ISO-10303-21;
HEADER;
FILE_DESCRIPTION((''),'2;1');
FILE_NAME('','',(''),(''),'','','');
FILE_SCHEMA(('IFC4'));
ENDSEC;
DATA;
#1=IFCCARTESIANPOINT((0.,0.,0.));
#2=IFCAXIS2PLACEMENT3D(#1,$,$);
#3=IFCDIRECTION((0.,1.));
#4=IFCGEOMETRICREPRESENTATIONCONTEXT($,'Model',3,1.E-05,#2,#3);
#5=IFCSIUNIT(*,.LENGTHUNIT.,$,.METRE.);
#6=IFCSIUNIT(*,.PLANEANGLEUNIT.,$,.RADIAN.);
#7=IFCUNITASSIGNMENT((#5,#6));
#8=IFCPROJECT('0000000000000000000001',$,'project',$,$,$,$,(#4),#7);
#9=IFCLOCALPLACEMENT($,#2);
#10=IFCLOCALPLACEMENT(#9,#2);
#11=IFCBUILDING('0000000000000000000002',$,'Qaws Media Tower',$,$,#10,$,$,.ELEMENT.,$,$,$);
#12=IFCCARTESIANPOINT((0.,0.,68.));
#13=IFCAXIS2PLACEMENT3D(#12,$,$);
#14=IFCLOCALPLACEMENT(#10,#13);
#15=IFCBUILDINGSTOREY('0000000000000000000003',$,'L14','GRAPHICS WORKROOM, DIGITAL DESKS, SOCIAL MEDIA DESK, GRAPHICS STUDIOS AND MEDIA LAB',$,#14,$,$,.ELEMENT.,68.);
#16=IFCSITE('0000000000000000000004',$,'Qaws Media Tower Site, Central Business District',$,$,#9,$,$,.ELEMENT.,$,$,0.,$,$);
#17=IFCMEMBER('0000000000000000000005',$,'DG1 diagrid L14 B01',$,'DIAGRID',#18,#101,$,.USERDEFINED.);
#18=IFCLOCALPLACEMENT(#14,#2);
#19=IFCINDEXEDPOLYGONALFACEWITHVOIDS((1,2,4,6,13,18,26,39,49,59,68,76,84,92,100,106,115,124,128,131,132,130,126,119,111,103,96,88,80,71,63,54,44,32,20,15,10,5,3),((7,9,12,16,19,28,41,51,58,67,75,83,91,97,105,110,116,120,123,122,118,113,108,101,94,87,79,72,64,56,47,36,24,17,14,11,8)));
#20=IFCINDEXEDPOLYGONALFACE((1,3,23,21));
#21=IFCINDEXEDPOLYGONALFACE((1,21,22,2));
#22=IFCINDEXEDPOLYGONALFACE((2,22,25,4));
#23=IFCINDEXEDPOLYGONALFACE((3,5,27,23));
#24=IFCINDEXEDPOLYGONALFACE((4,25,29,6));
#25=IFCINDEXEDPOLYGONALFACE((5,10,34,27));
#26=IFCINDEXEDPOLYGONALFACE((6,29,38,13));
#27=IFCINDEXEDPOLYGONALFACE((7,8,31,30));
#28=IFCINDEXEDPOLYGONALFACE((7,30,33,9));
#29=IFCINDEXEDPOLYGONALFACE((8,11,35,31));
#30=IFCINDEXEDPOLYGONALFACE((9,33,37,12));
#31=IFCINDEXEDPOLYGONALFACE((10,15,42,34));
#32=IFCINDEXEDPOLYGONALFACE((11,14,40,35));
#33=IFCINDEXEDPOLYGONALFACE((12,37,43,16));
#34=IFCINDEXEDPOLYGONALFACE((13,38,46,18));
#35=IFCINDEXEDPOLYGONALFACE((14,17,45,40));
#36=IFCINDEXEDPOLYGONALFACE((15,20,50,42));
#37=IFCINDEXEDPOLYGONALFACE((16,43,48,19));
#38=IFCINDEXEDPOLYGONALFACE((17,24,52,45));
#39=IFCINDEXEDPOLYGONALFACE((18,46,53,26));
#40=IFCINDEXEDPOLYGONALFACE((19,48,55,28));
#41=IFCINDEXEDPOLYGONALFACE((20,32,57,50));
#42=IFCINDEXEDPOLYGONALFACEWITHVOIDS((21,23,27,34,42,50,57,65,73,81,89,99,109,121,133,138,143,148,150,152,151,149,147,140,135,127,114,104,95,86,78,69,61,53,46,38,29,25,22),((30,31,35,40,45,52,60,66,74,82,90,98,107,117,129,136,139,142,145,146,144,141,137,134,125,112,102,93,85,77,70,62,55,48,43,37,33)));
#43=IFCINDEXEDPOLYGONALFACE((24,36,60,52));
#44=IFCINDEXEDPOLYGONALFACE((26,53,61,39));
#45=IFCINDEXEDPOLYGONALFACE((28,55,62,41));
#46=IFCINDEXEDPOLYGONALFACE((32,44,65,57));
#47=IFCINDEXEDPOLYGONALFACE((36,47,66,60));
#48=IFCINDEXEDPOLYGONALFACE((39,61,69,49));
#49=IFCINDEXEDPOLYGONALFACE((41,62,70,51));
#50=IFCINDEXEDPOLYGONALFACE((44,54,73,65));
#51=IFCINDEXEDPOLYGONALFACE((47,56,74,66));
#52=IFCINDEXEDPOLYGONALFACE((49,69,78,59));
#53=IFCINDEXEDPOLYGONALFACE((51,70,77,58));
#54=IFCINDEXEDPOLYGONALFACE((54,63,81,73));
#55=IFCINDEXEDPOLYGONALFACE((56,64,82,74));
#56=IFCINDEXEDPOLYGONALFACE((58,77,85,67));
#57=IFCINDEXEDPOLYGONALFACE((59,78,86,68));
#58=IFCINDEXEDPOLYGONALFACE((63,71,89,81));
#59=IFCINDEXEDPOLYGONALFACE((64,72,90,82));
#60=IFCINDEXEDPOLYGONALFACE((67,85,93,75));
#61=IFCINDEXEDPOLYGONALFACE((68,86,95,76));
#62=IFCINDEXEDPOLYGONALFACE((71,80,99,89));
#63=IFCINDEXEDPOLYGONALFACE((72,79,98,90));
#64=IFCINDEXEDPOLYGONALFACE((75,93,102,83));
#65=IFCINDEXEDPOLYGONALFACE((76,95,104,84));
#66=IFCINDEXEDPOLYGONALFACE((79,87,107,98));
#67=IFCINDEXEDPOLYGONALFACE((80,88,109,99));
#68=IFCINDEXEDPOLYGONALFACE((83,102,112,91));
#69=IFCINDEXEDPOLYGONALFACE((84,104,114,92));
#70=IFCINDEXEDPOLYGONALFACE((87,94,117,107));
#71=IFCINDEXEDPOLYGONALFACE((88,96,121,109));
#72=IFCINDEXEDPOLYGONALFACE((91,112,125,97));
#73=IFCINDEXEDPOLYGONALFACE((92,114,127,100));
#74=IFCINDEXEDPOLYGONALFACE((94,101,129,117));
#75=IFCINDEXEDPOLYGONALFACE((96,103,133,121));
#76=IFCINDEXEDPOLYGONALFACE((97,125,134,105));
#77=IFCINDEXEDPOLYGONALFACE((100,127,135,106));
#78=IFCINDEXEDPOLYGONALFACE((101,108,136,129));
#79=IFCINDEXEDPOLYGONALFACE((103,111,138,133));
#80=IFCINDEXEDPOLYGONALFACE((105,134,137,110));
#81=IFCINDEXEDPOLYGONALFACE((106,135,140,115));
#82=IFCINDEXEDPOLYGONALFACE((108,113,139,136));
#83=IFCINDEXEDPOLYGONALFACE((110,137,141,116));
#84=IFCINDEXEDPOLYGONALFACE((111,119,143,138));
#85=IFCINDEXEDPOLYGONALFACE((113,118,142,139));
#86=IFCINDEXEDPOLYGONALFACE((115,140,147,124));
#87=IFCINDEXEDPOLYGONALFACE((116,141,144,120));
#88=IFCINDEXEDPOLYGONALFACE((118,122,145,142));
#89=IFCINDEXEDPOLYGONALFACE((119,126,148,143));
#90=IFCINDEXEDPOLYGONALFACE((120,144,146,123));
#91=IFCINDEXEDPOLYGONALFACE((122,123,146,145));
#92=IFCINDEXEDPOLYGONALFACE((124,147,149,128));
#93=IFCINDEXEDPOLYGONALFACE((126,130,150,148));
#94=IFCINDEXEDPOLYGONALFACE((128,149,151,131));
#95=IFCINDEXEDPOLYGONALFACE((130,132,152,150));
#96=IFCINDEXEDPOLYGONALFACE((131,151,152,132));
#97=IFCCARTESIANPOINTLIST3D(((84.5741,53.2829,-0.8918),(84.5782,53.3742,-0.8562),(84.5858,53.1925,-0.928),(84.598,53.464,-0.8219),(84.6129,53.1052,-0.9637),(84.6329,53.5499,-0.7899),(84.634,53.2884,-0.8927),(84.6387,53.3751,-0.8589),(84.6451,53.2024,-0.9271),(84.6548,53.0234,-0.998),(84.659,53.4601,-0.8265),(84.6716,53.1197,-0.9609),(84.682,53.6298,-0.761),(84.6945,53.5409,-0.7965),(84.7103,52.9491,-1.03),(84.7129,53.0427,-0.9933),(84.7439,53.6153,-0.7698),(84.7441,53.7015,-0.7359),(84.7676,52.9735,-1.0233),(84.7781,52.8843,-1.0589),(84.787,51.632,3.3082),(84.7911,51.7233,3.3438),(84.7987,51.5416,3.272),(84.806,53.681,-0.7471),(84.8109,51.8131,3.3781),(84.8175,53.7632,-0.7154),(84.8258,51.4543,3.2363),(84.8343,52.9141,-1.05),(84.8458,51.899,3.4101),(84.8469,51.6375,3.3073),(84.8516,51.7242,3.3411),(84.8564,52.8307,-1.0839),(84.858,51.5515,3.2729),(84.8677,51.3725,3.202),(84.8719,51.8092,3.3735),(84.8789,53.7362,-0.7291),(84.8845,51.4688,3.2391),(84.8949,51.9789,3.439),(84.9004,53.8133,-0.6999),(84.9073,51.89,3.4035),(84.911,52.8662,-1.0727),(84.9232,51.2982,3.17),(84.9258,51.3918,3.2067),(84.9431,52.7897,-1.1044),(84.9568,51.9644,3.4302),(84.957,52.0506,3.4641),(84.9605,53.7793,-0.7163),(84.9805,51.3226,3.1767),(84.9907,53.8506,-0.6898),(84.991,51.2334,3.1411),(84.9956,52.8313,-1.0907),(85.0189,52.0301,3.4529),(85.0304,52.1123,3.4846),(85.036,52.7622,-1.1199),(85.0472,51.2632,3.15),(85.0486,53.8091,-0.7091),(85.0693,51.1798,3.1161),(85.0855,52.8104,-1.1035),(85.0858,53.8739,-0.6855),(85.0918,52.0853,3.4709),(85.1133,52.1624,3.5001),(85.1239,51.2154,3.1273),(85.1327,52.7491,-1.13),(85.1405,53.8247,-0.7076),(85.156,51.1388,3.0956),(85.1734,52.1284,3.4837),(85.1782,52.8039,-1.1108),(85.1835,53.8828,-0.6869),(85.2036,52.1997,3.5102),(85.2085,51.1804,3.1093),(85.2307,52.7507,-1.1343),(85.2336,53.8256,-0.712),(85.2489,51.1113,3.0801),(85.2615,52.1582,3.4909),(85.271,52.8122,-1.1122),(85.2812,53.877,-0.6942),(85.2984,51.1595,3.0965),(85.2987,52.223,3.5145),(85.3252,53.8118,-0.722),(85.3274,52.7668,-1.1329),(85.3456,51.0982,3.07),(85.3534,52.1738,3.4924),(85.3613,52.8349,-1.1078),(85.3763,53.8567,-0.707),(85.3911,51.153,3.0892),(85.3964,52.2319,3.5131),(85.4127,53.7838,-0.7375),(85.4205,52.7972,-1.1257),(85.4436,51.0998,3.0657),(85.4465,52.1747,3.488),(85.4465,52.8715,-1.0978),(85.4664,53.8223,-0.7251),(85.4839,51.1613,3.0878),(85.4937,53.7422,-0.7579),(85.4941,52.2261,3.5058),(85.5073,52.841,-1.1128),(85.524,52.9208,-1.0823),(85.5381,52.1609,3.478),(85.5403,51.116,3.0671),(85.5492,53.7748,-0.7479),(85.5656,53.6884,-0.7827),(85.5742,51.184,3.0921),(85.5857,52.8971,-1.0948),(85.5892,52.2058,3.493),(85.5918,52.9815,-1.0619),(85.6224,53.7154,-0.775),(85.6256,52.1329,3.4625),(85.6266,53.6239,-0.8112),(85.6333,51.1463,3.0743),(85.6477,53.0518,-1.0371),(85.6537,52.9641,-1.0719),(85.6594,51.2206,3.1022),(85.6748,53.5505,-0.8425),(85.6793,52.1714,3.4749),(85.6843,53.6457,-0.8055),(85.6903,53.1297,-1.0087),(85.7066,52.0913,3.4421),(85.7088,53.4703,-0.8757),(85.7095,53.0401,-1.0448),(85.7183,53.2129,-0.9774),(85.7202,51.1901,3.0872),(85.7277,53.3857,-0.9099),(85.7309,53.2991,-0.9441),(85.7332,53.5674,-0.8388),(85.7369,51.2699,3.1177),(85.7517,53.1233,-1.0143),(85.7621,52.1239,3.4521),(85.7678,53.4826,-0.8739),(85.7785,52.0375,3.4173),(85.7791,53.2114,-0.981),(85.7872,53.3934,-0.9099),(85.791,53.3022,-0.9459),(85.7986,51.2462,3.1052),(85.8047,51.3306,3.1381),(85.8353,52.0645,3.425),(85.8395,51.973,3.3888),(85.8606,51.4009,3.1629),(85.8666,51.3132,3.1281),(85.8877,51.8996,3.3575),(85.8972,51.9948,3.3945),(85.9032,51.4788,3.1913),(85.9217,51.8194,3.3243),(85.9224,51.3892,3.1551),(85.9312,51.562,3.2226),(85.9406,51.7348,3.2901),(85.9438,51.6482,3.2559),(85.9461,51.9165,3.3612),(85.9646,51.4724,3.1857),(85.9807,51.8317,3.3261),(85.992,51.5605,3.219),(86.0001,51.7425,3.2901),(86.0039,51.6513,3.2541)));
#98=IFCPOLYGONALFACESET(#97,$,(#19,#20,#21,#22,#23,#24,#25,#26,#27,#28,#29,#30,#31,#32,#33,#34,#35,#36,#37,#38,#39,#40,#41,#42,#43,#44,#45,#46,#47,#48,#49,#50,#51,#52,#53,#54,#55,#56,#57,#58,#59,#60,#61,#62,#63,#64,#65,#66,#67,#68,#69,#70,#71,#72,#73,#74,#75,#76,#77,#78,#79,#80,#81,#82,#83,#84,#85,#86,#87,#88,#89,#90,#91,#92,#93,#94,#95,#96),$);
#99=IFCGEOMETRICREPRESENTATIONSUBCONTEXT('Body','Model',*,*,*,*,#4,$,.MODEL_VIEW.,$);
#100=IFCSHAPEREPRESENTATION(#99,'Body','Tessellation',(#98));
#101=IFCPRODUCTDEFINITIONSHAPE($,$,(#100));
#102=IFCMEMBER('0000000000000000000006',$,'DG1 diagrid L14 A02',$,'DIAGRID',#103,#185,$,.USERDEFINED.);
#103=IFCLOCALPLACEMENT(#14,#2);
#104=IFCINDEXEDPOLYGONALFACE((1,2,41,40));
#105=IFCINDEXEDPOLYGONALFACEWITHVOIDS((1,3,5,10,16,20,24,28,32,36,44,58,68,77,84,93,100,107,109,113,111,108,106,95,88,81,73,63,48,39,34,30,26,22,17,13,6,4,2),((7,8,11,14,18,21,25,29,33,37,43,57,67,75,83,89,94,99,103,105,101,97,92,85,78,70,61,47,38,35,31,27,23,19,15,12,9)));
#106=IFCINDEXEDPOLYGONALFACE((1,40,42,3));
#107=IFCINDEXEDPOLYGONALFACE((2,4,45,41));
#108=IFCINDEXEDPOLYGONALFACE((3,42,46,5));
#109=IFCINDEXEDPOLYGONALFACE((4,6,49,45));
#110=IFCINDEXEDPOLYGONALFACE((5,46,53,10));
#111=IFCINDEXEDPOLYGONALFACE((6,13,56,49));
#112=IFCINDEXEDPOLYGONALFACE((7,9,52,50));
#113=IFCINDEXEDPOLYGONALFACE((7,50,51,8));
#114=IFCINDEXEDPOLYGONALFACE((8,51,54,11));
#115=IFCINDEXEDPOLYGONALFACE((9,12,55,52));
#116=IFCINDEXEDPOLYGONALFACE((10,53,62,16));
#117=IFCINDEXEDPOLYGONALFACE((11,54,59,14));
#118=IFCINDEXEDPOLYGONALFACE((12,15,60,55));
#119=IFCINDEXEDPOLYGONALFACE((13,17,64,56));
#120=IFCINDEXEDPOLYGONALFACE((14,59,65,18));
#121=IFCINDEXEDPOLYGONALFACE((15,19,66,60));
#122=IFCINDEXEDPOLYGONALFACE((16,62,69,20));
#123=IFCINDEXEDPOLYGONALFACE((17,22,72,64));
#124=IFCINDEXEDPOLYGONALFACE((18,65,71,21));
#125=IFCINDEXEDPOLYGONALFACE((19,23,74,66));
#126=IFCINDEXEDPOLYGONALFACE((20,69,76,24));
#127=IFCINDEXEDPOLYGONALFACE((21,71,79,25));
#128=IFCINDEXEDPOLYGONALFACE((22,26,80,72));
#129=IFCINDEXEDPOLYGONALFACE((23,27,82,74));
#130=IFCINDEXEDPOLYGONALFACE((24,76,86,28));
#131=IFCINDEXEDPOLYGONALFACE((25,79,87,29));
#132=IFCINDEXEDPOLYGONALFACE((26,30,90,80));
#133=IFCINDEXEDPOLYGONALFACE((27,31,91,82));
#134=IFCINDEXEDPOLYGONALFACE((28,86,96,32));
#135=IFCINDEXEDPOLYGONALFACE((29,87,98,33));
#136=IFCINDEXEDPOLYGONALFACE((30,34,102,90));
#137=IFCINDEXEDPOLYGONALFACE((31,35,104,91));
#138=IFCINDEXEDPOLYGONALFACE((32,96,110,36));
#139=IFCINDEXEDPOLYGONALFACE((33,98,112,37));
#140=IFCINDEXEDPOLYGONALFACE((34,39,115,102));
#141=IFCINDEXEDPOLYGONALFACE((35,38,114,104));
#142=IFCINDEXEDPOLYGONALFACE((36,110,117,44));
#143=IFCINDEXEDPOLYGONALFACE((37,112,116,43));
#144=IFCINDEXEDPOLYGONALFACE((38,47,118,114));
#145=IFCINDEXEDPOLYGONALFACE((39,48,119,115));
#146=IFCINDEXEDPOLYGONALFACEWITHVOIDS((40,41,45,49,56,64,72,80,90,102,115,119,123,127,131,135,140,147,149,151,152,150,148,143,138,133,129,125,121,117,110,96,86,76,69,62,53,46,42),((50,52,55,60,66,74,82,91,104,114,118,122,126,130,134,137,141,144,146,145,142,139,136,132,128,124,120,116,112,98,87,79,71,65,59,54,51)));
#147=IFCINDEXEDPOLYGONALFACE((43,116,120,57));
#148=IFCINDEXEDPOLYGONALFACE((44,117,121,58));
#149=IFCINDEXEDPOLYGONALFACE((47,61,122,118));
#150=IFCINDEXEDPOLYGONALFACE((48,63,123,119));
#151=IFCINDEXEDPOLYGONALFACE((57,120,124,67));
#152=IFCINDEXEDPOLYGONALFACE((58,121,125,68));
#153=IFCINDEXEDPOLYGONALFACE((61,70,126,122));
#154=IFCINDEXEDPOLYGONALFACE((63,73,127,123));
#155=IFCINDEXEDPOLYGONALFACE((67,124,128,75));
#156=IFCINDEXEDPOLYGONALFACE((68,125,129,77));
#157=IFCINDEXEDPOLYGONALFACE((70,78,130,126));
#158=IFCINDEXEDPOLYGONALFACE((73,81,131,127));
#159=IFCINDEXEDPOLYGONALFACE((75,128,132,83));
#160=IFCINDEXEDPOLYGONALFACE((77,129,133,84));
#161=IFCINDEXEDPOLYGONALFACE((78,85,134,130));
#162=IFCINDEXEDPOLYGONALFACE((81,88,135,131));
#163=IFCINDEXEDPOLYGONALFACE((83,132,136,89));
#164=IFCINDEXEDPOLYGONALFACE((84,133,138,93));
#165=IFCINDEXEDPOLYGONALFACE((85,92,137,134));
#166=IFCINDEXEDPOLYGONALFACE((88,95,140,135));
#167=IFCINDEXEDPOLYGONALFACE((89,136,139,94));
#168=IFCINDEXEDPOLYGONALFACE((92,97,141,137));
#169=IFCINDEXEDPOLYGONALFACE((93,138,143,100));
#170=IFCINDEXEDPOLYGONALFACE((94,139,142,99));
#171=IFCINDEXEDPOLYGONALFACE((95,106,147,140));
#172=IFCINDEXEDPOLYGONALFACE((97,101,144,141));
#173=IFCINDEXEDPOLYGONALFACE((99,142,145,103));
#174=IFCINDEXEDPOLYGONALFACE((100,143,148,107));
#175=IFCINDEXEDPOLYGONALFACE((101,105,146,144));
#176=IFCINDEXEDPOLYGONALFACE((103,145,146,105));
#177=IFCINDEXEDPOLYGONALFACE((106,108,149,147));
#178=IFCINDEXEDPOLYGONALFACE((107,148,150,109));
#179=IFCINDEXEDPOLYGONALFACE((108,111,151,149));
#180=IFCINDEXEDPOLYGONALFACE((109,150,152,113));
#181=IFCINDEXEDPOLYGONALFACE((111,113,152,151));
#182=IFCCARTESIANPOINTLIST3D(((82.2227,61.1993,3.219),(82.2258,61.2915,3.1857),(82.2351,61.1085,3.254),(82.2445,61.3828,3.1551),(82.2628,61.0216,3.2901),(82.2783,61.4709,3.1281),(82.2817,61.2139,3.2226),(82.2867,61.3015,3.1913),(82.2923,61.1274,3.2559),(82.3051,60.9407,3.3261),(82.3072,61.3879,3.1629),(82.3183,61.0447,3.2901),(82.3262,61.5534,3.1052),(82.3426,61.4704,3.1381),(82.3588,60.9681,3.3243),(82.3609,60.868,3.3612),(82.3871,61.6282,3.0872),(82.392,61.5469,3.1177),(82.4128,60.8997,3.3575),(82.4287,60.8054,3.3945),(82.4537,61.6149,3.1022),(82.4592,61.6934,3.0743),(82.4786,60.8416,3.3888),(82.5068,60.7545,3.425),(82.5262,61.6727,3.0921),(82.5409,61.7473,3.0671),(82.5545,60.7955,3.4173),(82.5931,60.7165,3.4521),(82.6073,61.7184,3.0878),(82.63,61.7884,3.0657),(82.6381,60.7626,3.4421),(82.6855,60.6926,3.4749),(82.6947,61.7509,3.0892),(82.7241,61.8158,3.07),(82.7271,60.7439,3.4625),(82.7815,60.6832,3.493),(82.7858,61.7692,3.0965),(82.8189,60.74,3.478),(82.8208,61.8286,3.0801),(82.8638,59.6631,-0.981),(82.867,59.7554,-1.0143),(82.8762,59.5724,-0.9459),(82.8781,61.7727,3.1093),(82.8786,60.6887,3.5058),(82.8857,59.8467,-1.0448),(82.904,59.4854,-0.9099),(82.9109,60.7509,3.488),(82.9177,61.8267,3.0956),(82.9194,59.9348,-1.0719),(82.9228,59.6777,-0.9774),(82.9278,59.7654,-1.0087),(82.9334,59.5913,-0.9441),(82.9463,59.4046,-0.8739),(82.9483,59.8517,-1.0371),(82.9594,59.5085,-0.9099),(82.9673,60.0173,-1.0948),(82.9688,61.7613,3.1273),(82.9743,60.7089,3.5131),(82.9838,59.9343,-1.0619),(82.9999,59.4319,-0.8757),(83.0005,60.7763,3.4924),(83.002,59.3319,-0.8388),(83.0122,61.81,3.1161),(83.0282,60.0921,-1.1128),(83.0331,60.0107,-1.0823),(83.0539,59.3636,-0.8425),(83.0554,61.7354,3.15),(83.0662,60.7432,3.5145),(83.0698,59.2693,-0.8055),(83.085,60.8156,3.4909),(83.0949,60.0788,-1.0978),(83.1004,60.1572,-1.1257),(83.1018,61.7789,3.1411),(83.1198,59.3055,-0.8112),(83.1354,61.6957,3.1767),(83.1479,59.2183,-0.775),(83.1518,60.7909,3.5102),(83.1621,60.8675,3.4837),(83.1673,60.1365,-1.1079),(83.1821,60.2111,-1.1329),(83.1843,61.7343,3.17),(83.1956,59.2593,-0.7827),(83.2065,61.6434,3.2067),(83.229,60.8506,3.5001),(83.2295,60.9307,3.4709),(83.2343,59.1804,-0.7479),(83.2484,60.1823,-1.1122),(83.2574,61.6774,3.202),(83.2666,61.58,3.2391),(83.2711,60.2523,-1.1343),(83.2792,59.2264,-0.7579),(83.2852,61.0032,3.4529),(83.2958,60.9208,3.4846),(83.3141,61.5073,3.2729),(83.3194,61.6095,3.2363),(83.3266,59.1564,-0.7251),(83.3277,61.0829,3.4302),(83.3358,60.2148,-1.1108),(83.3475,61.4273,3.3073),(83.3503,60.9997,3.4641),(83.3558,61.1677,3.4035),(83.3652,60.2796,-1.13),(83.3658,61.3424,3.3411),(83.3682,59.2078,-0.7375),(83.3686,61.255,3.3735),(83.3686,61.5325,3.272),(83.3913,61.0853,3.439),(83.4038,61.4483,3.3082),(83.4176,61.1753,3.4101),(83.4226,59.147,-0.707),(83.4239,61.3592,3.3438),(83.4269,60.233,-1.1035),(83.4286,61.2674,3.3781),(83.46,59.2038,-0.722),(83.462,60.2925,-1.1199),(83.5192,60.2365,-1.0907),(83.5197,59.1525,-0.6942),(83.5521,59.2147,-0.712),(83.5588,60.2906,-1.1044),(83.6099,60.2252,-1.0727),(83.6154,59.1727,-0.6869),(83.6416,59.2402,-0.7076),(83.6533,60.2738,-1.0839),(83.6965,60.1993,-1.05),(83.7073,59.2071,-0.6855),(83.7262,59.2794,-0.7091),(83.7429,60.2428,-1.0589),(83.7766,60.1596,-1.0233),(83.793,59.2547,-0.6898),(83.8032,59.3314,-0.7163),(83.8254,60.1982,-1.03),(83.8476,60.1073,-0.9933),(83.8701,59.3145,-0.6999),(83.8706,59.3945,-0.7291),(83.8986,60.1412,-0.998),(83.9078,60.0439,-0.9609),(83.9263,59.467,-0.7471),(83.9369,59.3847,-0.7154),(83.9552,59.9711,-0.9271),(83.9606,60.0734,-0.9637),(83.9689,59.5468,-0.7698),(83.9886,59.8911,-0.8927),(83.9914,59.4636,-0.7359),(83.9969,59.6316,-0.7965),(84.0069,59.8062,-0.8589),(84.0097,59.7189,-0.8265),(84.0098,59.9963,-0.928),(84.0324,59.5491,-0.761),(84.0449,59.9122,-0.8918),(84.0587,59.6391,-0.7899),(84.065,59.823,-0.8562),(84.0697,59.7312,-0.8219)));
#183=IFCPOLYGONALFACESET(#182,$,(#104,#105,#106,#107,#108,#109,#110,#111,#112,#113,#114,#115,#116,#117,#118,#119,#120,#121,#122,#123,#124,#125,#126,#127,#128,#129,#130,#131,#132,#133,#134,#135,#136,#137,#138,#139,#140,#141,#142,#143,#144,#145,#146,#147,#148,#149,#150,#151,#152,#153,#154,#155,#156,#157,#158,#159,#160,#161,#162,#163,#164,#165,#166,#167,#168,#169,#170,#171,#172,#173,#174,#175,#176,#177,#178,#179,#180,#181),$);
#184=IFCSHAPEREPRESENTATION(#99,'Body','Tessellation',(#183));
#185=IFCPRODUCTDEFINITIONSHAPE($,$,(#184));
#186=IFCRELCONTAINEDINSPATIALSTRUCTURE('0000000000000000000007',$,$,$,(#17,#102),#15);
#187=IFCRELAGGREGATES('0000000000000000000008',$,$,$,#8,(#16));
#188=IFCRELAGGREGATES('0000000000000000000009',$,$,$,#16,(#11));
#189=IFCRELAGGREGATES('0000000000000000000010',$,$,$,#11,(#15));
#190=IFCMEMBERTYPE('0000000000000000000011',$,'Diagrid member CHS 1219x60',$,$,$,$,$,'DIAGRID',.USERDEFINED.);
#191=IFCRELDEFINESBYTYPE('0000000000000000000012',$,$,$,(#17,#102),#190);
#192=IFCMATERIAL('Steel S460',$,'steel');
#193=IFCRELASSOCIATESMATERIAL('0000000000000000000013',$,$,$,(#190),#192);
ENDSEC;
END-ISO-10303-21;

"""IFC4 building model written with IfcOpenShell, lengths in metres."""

from ifc_helpers import new_model, si_unit, direction, frame, origin, origin_2d, place, context, subcontext, project, spatial, hollow_circle, extrude, material, material_profile, profile_set, type_object, element, save


model = new_model("IFC4")

# Units and contexts
model_context = context("Model", 3, precision=1e-05, world=origin(), true_north=direction((0.0, 1.0)))
body_context = subcontext(model_context, "Body", "Model", "MODEL_VIEW")
ifc_project = project(units=[si_unit("LENGTHUNIT", "METRE"), si_unit("PLANEANGLEUNIT", "RADIAN")], contexts=[model_context])

# Site, building, storey
site_placement = place(None, origin())
site = spatial("IfcSite", under=ifc_project, at=site_placement, Name="Qaws Media Tower Site, Central Business District", CompositionType="ELEMENT", RefElevation=0.0)
building_placement = place(site_placement, origin())
building = spatial("IfcBuilding", under=site, at=building_placement, Name="Qaws Media Tower", CompositionType="ELEMENT")
storey_placement = place(building_placement, frame((0.0, 0.0, 68.0)))
storey = spatial("IfcBuildingStorey", under=building, at=storey_placement, Name="L14", Description="GRAPHICS WORKROOM, DIGITAL DESKS, SOCIAL MEDIA DESK, GRAPHICS STUDIOS AND MEDIA LAB", CompositionType="ELEMENT", Elevation=68.0)

# Members
ifc_material_1 = material(Name="Steel S460", Category="steel")
ifc_material_profile_1 = material_profile(ifc_material_1, hollow_circle(Radius=0.6096, WallThickness=0.0601, at=origin_2d()), Name="CHS 1219x60")
ifc_profile_set_1 = profile_set([ifc_material_profile_1], Name="Steel S460")
member_type_1 = type_object("IfcMemberType", Name="Diagrid member CHS 1219x60", ElementType="DIAGRID", PredefinedType="USERDEFINED", material=ifc_profile_set_1)
for number, where, z_axis, x_axis, name in (
    (1, (85.1826, 53.3154, -0.9099), (0.047123, -0.365418, 0.92965), (0.991787, 0.127897, 0.0), "DG1 diagrid L14 B01"),
    (2, (83.4666, 59.7202, -0.9099), (-0.141909, 0.34002, 0.92965), (-0.922851, -0.385157, 0.0), "DG1 diagrid L14 A02"),
):
    element("IfcMember", number, at=place(storey_placement, frame(where, z_axis=z_axis, x_axis=x_axis)), inside=storey, type_object=member_type_1, Name=name, ObjectType="DIAGRID", PredefinedType="USERDEFINED", context=body_context, shape_type="SweptSolid", body=[
        extrude(hollow_circle(Radius=0.6096, WallThickness=0.0601, at=origin_2d()), origin(), (0.0, 0.0, 1.0), 4.5178),
    ])

save(model, "model.ifc")
